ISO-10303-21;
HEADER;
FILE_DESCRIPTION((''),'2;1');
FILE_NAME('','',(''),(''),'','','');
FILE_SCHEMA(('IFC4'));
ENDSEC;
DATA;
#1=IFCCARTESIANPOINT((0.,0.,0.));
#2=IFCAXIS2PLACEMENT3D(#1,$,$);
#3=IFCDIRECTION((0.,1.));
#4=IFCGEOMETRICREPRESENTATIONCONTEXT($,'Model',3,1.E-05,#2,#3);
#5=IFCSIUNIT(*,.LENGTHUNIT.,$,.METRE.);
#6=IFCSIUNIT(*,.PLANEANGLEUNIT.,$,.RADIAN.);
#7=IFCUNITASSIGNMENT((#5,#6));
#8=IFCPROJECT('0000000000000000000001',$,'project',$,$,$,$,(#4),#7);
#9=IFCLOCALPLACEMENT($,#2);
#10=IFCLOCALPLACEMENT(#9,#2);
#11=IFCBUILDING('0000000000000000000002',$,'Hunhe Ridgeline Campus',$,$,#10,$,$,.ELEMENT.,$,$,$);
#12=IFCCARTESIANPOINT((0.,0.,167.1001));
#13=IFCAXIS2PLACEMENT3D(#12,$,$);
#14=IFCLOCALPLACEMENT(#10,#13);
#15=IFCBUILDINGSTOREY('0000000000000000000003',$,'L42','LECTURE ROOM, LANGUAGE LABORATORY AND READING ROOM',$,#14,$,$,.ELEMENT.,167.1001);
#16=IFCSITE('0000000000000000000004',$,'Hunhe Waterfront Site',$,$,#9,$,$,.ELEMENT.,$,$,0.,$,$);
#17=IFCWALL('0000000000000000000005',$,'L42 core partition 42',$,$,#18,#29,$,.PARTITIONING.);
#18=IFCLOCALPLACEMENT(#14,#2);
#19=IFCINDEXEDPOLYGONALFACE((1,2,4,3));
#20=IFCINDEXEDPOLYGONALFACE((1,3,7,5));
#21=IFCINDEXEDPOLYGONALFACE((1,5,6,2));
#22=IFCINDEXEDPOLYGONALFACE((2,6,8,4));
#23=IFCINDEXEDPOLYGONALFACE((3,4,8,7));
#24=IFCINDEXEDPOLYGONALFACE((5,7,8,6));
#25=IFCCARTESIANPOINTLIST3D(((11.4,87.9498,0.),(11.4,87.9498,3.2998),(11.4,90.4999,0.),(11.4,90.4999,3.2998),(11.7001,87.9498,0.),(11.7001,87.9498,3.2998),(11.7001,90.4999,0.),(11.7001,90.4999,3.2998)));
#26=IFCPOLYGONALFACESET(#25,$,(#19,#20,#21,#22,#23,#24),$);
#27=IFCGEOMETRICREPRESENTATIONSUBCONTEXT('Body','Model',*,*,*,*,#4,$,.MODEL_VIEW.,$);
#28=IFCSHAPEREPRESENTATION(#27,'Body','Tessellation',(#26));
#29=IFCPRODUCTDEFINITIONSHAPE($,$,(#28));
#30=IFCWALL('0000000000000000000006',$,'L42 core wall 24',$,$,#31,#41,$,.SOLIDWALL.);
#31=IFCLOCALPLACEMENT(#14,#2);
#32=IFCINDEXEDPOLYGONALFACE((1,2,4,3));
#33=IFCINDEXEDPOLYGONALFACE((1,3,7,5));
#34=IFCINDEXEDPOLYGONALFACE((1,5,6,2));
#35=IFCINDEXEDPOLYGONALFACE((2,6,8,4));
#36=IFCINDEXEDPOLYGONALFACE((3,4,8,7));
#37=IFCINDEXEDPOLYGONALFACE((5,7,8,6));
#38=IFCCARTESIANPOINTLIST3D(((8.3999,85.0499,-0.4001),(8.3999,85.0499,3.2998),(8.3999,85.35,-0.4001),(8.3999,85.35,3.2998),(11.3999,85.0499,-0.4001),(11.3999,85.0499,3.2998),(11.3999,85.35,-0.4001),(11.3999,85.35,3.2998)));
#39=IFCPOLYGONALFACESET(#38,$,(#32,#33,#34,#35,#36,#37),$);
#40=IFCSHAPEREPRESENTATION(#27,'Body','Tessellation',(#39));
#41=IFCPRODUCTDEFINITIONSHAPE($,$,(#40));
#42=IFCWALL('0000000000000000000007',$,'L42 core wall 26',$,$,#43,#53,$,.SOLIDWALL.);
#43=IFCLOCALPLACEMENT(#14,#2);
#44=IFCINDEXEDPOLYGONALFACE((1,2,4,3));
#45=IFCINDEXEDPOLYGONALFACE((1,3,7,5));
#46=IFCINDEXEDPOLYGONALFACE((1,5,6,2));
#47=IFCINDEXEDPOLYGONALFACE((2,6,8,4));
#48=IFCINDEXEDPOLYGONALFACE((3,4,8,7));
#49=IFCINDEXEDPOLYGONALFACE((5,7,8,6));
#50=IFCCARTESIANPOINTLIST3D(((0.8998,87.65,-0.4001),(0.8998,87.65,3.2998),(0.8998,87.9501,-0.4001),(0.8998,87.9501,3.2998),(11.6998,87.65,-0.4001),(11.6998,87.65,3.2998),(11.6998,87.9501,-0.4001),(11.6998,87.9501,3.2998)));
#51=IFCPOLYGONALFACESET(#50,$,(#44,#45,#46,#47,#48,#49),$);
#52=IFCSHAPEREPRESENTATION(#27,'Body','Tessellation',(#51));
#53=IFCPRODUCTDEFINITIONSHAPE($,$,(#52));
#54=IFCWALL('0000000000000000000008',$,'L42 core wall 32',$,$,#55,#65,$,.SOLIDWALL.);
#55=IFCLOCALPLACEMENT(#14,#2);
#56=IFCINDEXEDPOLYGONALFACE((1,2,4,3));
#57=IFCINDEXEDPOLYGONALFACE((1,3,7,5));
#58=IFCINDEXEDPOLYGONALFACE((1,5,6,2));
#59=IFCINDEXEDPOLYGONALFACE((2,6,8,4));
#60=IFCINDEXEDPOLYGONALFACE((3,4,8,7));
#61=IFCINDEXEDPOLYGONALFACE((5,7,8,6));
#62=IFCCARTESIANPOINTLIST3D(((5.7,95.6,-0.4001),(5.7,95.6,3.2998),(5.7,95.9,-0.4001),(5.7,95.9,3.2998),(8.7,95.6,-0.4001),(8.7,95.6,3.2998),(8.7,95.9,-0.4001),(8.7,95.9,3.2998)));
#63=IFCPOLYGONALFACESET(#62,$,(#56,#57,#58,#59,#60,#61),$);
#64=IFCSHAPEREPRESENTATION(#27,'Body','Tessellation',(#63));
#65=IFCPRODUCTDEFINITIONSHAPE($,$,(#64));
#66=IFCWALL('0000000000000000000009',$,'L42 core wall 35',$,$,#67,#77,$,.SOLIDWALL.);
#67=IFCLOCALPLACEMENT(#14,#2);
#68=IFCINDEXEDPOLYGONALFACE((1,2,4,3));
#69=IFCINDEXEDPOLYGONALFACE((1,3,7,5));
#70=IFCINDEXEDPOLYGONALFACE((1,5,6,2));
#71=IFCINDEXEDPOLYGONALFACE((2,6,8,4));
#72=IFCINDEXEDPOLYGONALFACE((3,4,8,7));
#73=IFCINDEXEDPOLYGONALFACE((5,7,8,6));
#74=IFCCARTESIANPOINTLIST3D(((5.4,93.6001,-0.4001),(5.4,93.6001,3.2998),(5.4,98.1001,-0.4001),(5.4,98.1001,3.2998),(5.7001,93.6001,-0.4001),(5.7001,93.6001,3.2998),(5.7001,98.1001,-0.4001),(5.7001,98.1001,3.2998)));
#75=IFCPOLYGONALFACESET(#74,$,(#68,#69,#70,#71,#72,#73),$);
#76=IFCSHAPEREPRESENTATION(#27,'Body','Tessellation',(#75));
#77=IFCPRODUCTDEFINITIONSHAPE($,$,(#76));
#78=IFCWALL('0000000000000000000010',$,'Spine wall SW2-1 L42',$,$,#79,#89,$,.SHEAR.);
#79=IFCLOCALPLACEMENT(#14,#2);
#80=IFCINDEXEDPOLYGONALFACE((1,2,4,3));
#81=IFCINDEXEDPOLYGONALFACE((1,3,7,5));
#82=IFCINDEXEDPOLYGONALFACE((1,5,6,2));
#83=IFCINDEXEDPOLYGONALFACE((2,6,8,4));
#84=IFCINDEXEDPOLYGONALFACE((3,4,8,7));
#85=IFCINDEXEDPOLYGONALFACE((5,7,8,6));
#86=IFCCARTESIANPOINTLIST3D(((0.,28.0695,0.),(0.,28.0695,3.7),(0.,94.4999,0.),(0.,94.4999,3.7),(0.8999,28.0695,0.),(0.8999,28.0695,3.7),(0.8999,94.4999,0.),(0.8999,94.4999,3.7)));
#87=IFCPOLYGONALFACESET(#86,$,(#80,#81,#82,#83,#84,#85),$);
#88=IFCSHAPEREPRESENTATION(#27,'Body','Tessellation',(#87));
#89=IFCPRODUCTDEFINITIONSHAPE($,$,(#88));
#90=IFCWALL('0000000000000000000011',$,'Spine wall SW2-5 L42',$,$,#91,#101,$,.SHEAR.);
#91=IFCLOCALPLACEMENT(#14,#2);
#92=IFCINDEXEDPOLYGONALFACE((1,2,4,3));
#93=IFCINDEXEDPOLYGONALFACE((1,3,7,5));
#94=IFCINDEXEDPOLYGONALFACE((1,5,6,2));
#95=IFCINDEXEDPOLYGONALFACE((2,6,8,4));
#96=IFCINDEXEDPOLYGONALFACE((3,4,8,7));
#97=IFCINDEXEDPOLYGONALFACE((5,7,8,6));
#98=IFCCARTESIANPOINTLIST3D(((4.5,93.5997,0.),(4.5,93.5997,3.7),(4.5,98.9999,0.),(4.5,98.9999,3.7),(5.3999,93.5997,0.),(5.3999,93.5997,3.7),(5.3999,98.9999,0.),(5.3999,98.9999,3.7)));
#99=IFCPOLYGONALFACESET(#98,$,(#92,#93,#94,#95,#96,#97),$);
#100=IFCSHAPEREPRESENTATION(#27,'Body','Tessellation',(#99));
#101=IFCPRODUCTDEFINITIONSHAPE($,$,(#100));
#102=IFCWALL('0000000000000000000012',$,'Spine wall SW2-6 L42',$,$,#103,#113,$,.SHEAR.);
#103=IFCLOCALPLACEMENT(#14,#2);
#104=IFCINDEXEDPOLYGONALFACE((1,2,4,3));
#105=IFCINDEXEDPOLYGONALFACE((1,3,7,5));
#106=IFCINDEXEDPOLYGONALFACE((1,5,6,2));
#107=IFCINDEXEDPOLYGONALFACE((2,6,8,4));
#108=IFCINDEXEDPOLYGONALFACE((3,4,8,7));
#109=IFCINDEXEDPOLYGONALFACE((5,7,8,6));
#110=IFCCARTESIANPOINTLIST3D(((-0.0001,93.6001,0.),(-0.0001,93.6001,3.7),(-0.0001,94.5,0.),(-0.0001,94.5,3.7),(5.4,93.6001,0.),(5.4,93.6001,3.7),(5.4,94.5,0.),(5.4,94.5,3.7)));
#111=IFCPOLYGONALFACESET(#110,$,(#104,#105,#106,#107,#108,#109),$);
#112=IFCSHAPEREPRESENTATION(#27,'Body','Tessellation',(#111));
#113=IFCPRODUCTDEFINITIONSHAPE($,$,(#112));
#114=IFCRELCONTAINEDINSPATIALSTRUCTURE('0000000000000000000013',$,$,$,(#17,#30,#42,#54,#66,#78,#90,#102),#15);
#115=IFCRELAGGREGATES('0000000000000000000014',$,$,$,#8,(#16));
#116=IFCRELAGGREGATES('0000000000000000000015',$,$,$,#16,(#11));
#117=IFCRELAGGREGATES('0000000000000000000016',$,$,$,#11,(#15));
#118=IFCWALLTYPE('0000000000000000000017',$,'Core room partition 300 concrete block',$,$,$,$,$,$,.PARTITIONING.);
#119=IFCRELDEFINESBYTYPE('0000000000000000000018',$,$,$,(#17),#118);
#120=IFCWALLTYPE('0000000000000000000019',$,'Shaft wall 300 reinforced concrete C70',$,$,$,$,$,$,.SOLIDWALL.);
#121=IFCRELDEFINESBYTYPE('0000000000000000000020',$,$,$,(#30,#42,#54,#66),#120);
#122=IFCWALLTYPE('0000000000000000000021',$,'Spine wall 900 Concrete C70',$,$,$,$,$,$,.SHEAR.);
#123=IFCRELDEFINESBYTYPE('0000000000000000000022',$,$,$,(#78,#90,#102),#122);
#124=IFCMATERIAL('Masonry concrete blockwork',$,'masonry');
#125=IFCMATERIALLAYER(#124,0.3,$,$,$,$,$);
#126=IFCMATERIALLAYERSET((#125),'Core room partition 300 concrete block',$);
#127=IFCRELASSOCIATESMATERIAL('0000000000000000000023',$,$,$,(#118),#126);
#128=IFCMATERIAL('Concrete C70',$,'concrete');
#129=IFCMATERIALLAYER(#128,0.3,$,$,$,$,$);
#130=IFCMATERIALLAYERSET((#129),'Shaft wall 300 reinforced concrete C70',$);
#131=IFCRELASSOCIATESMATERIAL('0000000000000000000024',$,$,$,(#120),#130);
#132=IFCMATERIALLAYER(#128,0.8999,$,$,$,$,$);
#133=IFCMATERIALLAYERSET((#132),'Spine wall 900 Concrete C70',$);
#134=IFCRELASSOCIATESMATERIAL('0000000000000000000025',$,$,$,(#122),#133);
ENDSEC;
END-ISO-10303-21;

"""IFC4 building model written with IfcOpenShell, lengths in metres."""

from ifc_helpers import new_model, si_unit, direction, frame, frame_2d, origin, place, context, subcontext, project, spatial, rectangle, extrude, material, layer, layer_set, type_object, element, save


model = new_model("IFC4")

# Units and contexts
model_context = context("Model", 3, precision=1e-05, world=origin(), true_north=direction((0.0, 1.0)))
body_context = subcontext(model_context, "Body", "Model", "MODEL_VIEW")
ifc_project = project(units=[si_unit("LENGTHUNIT", "METRE"), si_unit("PLANEANGLEUNIT", "RADIAN")], contexts=[model_context])

# Site, building, storey
site_placement = place(None, origin())
site = spatial("IfcSite", under=ifc_project, at=site_placement, Name="Hunhe Waterfront Site", CompositionType="ELEMENT", RefElevation=0.0)
building_placement = place(site_placement, origin())
building = spatial("IfcBuilding", under=site, at=building_placement, Name="Hunhe Ridgeline Campus", CompositionType="ELEMENT")
storey_placement = place(building_placement, frame((0.0, 0.0, 167.1001)))
storey = spatial("IfcBuildingStorey", under=building, at=storey_placement, Name="L42", Description="LECTURE ROOM, LANGUAGE LABORATORY AND READING ROOM", CompositionType="ELEMENT", Elevation=167.1001)

# Wall
ifc_material_1 = material(Name="Masonry concrete blockwork", Category="masonry")
ifc_layer_1 = layer(ifc_material_1, 0.3)
ifc_layer_set_1 = layer_set([ifc_layer_1], Name="Core room partition 300 concrete block")
wall_type_1 = type_object("IfcWallType", Name="Core room partition 300 concrete block", PredefinedType="PARTITIONING", material=ifc_layer_set_1)
wall_1_placement = place(storey_placement, frame((11.55, 87.95, 0.0), z_axis=(0.0, 0.0, 1.0), x_axis=(0.0, 1.0, 0.0)))
element("IfcWall", 1, at=wall_1_placement, inside=storey, type_object=wall_type_1, Name="L42 core partition 42", PredefinedType="PARTITIONING", context=body_context, shape_type="SweptSolid", body=[
    extrude(rectangle(XDim=2.55, YDim=0.3, at=frame_2d((1.2749, 0.0))), origin(), (0.0, 0.0, 1.0), 3.2998),
])

# Shared definitions
ifc_material_2 = material(Name="Concrete C70", Category="concrete")

# Walls
ifc_layer_2 = layer(ifc_material_2, 0.3)
ifc_layer_set_2 = layer_set([ifc_layer_2], Name="Shaft wall 300 reinforced concrete C70")
wall_type_2 = type_object("IfcWallType", Name="Shaft wall 300 reinforced concrete C70", PredefinedType="SOLIDWALL", material=ifc_layer_set_2)
wall_2_placement = place(storey_placement, frame((8.3999, 85.2, -0.4001), z_axis=(0.0, 0.0, 1.0), x_axis=(1.0, 0.0, 0.0)))
element("IfcWall", 2, at=wall_2_placement, inside=storey, type_object=wall_type_2, Name="L42 core wall 24", PredefinedType="SOLIDWALL", context=body_context, shape_type="SweptSolid", body=[
    extrude(rectangle(XDim=3.0, YDim=0.3, at=frame_2d((1.5, 0.0))), origin(), (0.0, 0.0, 1.0), 3.7),
])
wall_3_placement = place(storey_placement, frame((0.8999, 87.8, -0.4001), z_axis=(0.0, 0.0, 1.0), x_axis=(1.0, 0.0, 0.0)))
element("IfcWall", 3, at=wall_3_placement, inside=storey, type_object=wall_type_2, Name="L42 core wall 26", PredefinedType="SOLIDWALL", context=body_context, shape_type="SweptSolid", body=[
    extrude(rectangle(XDim=10.8, YDim=0.3, at=frame_2d((5.3999, 0.0))), origin(), (0.0, 0.0, 1.0), 3.7),
])

# Walls
wall_4_placement = place(storey_placement, frame((5.7, 95.75, -0.4001), z_axis=(0.0, 0.0, 1.0), x_axis=(1.0, 0.0, 0.0)))
element("IfcWall", 4, at=wall_4_placement, inside=storey, type_object=wall_type_2, Name="L42 core wall 32", PredefinedType="SOLIDWALL", context=body_context, shape_type="SweptSolid", body=[
    extrude(rectangle(XDim=3.0, YDim=0.3, at=frame_2d((1.5, 0.0))), origin(), (0.0, 0.0, 1.0), 3.7),
])
wall_5_placement = place(storey_placement, frame((5.55, 93.6001, -0.4001), z_axis=(0.0, 0.0, 1.0), x_axis=(0.0, 1.0, 0.0)))
element("IfcWall", 5, at=wall_5_placement, inside=storey, type_object=wall_type_2, Name="L42 core wall 35", PredefinedType="SOLIDWALL", context=body_context, shape_type="SweptSolid", body=[
    extrude(rectangle(XDim=4.5, YDim=0.3, at=frame_2d((2.25, 0.0))), origin(), (0.0, 0.0, 1.0), 3.7),
])

# Walls
ifc_layer_3 = layer(ifc_material_2, 0.8999)
ifc_layer_set_3 = layer_set([ifc_layer_3], Name="Spine wall 900 Concrete C70")
wall_type_3 = type_object("IfcWallType", Name="Spine wall 900 Concrete C70", PredefinedType="SHEAR", material=ifc_layer_set_3)
wall_6_placement = place(storey_placement, frame((0.45, 94.5, 0.0), z_axis=(0.0, 0.0, 1.0), x_axis=(0.0, -1.0, 0.0)))
element("IfcWall", 6, at=wall_6_placement, inside=storey, type_object=wall_type_3, Name="Spine wall SW2-1 L42", PredefinedType="SHEAR", context=body_context, shape_type="SweptSolid", body=[
    extrude(rectangle(XDim=66.4304, YDim=0.8999, at=frame_2d((33.2153, 0.0))), origin(), (0.0, 0.0, 1.0), 3.7),
])
for number, where, z_axis, x_axis, name in (
    (7, (4.95, 99.0, 0.0), (0.0, 0.0, 1.0), (0.0, -1.0, 0.0), "Spine wall SW2-5 L42"),
    (8, (5.4001, 94.05, 0.0), (0.0, 0.0, 1.0), (-1.0, 0.0, 0.0), "Spine wall SW2-6 L42"),
):
    element("IfcWall", number, at=place(storey_placement, frame(where, z_axis=z_axis, x_axis=x_axis)), inside=storey, type_object=wall_type_3, Name=name, PredefinedType="SHEAR", context=body_context, shape_type="SweptSolid", body=[
        extrude(rectangle(XDim=5.4001, YDim=0.8999, at=frame_2d((2.7002, 0.0))), origin(), (0.0, 0.0, 1.0), 3.7),
    ])

save(model, "model.ifc")
